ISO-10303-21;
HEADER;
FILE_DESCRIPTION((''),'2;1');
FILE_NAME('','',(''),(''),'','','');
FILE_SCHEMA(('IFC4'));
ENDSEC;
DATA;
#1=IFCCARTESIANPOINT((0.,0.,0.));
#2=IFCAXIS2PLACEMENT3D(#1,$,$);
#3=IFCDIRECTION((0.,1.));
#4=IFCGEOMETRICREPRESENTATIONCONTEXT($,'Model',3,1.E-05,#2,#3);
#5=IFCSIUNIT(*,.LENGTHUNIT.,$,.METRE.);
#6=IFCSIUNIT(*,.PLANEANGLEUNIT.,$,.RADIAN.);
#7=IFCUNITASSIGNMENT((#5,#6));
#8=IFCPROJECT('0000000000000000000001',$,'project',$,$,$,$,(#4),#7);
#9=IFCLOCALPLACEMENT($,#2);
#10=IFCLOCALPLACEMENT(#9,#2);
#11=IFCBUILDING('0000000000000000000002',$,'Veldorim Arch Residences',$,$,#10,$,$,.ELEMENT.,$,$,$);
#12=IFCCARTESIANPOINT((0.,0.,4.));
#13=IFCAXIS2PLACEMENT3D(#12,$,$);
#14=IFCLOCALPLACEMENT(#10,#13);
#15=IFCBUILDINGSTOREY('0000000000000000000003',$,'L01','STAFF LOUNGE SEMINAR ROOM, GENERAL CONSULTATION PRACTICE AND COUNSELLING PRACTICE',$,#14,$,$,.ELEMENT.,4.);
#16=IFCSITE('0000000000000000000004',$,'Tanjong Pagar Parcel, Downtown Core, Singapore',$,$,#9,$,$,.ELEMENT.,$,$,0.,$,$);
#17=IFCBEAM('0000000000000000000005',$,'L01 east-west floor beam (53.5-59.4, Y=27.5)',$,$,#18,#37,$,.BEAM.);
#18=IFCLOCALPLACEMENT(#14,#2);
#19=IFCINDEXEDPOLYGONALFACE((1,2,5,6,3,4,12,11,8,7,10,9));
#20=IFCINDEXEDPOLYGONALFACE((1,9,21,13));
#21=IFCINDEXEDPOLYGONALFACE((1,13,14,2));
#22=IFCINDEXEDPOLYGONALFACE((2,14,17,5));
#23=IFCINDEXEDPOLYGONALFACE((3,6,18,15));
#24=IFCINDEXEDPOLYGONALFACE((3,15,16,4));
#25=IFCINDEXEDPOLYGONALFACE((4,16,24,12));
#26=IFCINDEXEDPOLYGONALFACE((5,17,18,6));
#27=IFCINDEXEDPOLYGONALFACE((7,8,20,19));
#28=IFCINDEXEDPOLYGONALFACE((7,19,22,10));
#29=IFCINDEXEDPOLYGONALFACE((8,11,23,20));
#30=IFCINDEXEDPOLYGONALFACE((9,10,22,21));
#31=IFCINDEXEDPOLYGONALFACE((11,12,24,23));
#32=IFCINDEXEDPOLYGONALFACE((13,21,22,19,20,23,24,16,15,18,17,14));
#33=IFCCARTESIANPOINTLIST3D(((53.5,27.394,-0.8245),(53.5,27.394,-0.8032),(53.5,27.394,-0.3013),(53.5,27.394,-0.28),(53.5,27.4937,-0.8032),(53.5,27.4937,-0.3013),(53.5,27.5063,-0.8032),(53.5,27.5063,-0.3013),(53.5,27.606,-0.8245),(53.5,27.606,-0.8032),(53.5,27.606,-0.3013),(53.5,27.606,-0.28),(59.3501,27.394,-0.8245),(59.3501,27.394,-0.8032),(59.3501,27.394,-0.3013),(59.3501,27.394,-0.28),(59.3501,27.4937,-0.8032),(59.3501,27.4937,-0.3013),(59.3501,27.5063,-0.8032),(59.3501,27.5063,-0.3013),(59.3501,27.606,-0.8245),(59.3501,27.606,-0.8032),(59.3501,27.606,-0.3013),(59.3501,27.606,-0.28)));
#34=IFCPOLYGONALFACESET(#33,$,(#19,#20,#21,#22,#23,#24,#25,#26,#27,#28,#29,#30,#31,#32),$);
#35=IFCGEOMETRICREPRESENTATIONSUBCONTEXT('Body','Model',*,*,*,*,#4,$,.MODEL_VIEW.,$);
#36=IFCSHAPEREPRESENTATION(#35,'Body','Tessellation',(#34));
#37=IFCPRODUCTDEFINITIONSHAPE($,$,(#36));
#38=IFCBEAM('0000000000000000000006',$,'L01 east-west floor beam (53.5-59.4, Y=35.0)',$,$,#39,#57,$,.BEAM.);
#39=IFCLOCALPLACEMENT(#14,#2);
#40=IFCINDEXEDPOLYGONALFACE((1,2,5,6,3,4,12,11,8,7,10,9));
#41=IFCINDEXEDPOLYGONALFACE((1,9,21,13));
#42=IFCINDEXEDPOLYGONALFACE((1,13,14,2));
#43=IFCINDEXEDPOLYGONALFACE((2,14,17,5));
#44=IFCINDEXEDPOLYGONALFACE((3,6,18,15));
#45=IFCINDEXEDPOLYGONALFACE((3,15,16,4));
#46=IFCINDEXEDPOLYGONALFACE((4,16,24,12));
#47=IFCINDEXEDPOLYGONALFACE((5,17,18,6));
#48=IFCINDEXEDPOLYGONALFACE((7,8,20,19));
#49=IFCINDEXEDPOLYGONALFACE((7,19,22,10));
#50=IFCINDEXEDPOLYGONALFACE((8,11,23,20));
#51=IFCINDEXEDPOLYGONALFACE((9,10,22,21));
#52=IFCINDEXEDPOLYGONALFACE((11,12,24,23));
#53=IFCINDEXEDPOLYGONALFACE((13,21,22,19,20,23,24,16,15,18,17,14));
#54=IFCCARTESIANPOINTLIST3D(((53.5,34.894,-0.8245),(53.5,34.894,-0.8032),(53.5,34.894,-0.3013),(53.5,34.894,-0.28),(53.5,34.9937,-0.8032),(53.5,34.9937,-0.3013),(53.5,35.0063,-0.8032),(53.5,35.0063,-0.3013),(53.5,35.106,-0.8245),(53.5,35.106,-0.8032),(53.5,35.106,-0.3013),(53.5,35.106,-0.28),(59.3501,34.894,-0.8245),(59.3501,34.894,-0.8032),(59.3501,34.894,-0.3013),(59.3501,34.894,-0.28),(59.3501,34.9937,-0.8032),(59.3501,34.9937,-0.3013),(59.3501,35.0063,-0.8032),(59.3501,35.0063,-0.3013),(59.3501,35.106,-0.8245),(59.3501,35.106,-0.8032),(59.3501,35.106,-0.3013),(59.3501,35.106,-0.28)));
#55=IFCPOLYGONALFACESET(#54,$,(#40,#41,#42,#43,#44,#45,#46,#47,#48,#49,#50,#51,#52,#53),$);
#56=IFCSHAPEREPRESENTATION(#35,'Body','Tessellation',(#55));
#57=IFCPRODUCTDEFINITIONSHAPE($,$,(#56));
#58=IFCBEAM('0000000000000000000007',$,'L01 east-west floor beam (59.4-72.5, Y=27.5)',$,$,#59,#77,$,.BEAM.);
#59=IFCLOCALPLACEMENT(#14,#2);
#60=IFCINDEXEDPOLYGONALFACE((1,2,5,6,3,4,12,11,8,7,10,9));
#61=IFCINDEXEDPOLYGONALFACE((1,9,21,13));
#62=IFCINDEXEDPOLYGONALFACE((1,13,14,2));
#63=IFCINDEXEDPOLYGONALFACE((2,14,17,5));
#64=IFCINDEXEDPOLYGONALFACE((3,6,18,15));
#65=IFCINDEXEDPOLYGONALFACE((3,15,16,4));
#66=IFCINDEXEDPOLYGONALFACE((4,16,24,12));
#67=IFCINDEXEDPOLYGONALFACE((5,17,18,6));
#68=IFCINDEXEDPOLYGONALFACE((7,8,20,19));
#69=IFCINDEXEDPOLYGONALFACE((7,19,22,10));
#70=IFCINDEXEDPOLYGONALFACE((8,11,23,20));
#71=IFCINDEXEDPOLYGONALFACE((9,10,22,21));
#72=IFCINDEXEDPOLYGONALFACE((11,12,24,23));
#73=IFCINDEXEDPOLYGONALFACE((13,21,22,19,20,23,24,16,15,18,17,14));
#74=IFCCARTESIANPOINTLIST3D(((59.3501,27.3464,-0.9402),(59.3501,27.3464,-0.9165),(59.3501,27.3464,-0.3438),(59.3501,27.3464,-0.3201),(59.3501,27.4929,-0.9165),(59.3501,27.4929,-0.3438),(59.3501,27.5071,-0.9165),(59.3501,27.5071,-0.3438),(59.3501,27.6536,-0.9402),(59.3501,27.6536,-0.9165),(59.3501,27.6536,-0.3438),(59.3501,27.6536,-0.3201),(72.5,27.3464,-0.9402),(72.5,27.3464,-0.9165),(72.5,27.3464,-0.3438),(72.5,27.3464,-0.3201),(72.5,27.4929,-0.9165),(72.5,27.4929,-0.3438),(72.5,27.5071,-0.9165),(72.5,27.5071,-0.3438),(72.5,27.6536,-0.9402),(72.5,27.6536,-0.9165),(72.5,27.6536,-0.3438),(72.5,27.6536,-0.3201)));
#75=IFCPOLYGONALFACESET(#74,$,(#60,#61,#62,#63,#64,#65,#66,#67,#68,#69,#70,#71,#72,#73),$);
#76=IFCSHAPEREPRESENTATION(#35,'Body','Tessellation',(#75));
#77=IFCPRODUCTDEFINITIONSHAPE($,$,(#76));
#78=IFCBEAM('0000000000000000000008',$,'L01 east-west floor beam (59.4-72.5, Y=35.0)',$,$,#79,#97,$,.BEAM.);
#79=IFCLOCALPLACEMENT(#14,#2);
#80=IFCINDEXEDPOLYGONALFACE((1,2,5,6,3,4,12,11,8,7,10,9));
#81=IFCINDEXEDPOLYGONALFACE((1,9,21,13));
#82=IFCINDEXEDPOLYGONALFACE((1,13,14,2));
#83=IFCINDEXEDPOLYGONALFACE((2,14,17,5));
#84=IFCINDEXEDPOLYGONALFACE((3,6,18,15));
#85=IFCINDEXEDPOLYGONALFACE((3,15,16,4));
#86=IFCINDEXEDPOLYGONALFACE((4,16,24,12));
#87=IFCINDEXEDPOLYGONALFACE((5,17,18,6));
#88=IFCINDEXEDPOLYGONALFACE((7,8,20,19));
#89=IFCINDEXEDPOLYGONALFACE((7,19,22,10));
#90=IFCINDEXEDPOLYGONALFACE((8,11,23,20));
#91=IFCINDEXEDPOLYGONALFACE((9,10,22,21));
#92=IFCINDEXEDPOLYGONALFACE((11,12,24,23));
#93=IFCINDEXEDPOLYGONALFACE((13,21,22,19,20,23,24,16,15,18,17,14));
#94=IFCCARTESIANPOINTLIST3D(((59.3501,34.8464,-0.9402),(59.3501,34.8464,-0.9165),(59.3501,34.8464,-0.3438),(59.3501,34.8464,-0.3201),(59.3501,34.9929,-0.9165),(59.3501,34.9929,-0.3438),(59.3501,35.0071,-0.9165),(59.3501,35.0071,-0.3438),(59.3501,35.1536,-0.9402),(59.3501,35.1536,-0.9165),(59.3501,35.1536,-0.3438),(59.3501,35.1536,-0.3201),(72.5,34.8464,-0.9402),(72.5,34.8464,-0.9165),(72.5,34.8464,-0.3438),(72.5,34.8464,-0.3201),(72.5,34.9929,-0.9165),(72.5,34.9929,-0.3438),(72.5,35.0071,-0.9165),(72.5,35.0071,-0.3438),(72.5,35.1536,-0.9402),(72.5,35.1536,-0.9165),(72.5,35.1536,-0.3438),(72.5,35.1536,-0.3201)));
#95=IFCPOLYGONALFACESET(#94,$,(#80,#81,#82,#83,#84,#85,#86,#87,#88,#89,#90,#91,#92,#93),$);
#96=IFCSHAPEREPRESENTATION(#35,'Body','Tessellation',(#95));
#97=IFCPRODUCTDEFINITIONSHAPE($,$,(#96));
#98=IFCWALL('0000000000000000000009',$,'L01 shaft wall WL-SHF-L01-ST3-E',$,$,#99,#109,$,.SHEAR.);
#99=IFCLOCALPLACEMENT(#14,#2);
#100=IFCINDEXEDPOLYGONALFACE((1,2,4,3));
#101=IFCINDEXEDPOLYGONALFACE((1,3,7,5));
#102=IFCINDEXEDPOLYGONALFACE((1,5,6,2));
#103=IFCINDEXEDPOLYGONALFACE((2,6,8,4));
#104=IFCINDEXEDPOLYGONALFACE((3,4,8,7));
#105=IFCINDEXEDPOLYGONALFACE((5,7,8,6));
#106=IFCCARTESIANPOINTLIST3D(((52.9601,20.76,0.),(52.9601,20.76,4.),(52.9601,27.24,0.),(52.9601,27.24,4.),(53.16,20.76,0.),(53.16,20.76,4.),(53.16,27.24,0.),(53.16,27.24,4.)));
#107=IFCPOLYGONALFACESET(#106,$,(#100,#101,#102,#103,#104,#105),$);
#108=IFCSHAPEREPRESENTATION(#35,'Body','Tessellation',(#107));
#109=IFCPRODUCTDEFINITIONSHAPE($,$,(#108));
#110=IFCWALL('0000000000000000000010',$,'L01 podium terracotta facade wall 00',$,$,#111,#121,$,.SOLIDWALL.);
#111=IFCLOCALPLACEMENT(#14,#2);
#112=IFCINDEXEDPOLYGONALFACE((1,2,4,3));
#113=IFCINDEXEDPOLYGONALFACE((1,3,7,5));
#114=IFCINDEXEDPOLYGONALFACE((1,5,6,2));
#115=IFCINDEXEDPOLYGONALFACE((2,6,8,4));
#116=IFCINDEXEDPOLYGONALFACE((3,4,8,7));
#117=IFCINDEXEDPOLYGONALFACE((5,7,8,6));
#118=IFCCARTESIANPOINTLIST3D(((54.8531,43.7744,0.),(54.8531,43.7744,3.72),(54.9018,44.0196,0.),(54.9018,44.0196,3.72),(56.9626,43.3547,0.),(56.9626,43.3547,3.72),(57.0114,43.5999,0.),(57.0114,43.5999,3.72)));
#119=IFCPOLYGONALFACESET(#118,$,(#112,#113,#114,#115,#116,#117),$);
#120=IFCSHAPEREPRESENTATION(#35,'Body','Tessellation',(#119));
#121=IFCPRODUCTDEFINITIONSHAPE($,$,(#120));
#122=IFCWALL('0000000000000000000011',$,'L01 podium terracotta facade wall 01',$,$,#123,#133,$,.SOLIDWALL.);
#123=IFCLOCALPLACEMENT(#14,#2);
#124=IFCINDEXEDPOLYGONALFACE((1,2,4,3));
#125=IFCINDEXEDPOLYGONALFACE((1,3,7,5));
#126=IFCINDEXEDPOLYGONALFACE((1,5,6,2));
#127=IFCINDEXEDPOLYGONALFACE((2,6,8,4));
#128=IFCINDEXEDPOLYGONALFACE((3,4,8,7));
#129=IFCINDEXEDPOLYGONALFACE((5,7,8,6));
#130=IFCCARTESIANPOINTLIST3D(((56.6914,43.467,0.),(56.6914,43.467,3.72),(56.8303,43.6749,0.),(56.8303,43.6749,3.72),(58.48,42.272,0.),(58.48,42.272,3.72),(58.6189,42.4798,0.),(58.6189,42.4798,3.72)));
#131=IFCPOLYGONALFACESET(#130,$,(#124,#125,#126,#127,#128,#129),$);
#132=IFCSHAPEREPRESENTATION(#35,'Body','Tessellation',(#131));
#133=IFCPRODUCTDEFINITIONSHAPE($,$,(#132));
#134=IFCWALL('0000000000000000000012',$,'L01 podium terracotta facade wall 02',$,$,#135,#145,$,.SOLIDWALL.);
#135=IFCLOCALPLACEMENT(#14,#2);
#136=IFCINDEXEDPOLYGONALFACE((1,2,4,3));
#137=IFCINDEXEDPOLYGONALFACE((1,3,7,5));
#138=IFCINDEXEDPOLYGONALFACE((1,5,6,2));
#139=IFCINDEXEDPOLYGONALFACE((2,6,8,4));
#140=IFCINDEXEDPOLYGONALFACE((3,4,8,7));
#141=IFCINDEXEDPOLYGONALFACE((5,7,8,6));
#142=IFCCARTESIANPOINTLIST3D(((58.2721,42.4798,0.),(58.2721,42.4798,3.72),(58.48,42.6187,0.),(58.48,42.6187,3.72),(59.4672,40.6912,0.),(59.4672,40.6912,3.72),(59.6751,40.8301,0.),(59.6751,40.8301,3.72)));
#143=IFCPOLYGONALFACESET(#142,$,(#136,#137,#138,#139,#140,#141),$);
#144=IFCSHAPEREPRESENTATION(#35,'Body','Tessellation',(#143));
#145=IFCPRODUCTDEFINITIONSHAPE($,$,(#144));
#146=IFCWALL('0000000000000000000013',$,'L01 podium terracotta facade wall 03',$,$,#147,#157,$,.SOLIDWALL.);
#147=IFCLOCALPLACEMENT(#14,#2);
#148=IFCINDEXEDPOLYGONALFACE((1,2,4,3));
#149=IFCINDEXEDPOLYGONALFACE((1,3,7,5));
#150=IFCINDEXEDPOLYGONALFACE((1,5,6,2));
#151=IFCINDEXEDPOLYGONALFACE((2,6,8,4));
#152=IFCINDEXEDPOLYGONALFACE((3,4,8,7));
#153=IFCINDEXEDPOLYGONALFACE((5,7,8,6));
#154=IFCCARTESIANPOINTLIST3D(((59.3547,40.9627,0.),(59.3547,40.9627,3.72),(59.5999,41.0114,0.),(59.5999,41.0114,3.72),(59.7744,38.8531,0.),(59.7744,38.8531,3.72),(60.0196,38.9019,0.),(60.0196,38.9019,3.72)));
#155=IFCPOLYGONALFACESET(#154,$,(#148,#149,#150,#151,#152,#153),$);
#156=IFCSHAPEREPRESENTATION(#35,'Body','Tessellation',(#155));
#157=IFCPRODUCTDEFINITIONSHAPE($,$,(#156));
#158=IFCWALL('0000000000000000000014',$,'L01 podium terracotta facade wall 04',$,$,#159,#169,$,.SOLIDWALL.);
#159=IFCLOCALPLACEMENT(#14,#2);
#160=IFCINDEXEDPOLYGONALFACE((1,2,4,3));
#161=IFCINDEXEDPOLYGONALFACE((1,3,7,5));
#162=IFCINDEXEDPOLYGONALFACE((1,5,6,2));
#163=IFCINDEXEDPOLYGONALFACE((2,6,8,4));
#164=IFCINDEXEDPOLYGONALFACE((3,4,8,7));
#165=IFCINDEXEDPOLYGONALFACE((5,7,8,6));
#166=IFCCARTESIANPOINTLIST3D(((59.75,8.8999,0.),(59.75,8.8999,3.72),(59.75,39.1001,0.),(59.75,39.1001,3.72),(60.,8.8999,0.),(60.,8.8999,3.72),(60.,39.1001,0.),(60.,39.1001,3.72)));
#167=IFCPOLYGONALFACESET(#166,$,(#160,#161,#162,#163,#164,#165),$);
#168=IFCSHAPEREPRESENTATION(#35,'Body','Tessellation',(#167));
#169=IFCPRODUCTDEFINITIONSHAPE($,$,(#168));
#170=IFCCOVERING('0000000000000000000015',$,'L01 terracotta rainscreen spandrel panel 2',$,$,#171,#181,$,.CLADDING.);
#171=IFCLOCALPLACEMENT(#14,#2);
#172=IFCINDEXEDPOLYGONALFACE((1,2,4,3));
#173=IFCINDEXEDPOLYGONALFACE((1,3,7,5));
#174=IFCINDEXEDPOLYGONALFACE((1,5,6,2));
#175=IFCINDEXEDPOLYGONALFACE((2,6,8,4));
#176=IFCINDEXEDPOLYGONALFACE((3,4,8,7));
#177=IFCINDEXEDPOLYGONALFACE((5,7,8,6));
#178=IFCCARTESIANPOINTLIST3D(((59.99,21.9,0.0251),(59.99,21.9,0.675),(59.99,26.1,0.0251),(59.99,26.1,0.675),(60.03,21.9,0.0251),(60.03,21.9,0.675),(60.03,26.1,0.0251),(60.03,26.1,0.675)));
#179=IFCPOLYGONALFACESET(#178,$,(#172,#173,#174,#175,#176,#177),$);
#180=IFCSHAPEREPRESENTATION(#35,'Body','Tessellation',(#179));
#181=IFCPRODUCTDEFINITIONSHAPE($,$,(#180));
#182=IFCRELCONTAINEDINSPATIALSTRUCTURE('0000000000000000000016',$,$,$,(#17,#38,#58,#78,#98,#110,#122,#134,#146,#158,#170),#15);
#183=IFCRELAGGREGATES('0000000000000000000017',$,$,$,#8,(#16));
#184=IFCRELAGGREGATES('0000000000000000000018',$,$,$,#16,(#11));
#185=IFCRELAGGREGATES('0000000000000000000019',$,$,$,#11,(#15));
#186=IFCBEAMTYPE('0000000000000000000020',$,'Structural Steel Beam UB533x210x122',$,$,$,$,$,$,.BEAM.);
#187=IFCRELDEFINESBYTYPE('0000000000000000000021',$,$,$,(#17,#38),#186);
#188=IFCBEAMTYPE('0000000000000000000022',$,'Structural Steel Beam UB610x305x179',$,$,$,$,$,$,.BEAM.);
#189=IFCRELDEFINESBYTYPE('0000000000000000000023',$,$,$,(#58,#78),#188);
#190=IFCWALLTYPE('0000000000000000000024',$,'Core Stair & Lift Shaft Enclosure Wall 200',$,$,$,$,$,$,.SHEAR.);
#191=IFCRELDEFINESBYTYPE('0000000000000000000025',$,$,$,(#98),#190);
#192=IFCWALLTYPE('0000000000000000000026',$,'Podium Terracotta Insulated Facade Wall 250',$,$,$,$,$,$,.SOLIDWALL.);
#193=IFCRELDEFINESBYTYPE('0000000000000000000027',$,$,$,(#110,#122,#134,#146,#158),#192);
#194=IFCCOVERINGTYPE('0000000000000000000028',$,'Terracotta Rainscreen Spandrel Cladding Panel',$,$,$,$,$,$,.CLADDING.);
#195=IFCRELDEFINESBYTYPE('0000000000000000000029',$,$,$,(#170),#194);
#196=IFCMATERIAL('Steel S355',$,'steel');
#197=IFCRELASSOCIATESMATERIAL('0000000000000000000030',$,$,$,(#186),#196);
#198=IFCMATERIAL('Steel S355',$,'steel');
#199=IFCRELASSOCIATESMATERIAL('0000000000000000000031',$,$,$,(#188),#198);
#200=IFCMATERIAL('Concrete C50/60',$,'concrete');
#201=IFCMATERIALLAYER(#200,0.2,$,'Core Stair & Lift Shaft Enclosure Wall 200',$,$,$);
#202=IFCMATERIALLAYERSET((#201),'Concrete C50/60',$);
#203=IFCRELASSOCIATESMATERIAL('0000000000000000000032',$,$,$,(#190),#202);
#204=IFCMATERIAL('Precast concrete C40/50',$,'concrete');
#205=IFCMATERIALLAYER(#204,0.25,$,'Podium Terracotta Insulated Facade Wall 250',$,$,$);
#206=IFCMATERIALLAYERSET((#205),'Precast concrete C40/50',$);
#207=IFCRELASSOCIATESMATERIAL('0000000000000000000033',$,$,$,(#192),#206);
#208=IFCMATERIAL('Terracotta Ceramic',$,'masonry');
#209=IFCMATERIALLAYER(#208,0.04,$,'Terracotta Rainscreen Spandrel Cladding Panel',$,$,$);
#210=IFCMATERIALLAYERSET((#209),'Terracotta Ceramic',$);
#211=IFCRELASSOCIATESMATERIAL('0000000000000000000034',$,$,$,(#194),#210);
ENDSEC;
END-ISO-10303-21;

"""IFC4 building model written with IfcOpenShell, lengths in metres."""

from ifc_helpers import new_model, si_unit, direction, frame, frame_2d, origin, origin_2d, place, context, subcontext, project, spatial, rectangle, i_section, extrude, material, layer, layer_set, material_profile, profile_set, type_object, element, save


model = new_model("IFC4")

# Units and contexts
model_context = context("Model", 3, precision=1e-05, world=origin(), true_north=direction((0.0, 1.0)))
body_context = subcontext(model_context, "Body", "Model", "MODEL_VIEW")
ifc_project = project(units=[si_unit("LENGTHUNIT", "METRE"), si_unit("PLANEANGLEUNIT", "RADIAN")], contexts=[model_context])

# Site, building, storey
site_placement = place(None, origin())
site = spatial("IfcSite", under=ifc_project, at=site_placement, Name="Tanjong Pagar Parcel, Downtown Core, Singapore", CompositionType="ELEMENT", RefElevation=0.0)
building_placement = place(site_placement, origin())
building = spatial("IfcBuilding", under=site, at=building_placement, Name="Veldorim Arch Residences", CompositionType="ELEMENT")
storey_placement = place(building_placement, frame((0.0, 0.0, 4.0)))
storey = spatial("IfcBuildingStorey", under=building, at=storey_placement, Name="L01", Description="STAFF LOUNGE SEMINAR ROOM, GENERAL CONSULTATION PRACTICE AND COUNSELLING PRACTICE", CompositionType="ELEMENT", Elevation=4.0)

# Beams
ifc_material_1 = material(Name="Steel S355", Category="steel")
ifc_material_profile_1 = material_profile(ifc_material_1, i_section(OverallWidth=0.2119, OverallDepth=0.5444, WebThickness=0.0127, FlangeThickness=0.0212, at=origin_2d()), Name="UB533x210x122")
ifc_profile_set_1 = profile_set([ifc_material_profile_1], Name="Steel S355")
beam_type_1 = type_object("IfcBeamType", Name="Structural Steel Beam UB533x210x122", PredefinedType="BEAM", material=ifc_profile_set_1)
for number, where, z_axis, x_axis, name in (
    (1, (53.5, 27.5, -0.5522), (1.0, 0.0, 0.0), (0.0, 1.0, 0.0), "L01 east-west floor beam (53.5-59.4, Y=27.5)"),
    (2, (53.5, 35.0, -0.5522), (1.0, 0.0, 0.0), (0.0, 1.0, 0.0), "L01 east-west floor beam (53.5-59.4, Y=35.0)"),
):
    element("IfcBeam", number, at=place(storey_placement, frame(where, z_axis=z_axis, x_axis=x_axis)), inside=storey, type_object=beam_type_1, Name=name, PredefinedType="BEAM", context=body_context, shape_type="SweptSolid", body=[
        extrude(i_section(OverallWidth=0.2119, OverallDepth=0.5444, WebThickness=0.0127, FlangeThickness=0.0212, at=origin_2d()), origin(), (0.0, 0.0, 1.0), 5.8501),
    ])
ifc_material_2 = material(Name="Steel S355", Category="steel")
ifc_material_profile_2 = material_profile(ifc_material_2, i_section(OverallWidth=0.3071, OverallDepth=0.6201, WebThickness=0.0142, FlangeThickness=0.0237, at=origin_2d()), Name="UB610x305x179")
ifc_profile_set_2 = profile_set([ifc_material_profile_2], Name="Steel S355")
beam_type_2 = type_object("IfcBeamType", Name="Structural Steel Beam UB610x305x179", PredefinedType="BEAM", material=ifc_profile_set_2)
for number, where, z_axis, x_axis, name in (
    (3, (59.3501, 27.5, -0.6301), (1.0, 0.0, 0.0), (0.0, 1.0, 0.0), "L01 east-west floor beam (59.4-72.5, Y=27.5)"),
    (4, (59.3501, 35.0, -0.6301), (1.0, 0.0, 0.0), (0.0, 1.0, 0.0), "L01 east-west floor beam (59.4-72.5, Y=35.0)"),
):
    element("IfcBeam", number, at=place(storey_placement, frame(where, z_axis=z_axis, x_axis=x_axis)), inside=storey, type_object=beam_type_2, Name=name, PredefinedType="BEAM", context=body_context, shape_type="SweptSolid", body=[
        extrude(i_section(OverallWidth=0.3071, OverallDepth=0.6201, WebThickness=0.0142, FlangeThickness=0.0237, at=origin_2d()), origin(), (0.0, 0.0, 1.0), 13.1499),
    ])

# Walls
ifc_material_3 = material(Name="Concrete C50/60", Category="concrete")
ifc_layer_1 = layer(ifc_material_3, 0.2, Name="Core Stair & Lift Shaft Enclosure Wall 200")
ifc_layer_set_1 = layer_set([ifc_layer_1], Name="Concrete C50/60")
wall_type_1 = type_object("IfcWallType", Name="Core Stair & Lift Shaft Enclosure Wall 200", PredefinedType="SHEAR", material=ifc_layer_set_1)
wall_1_placement = place(storey_placement, frame((53.0601, 20.76, 0.0), z_axis=(0.0, 0.0, 1.0), x_axis=(0.0, 1.0, 0.0)))
element("IfcWall", 5, at=wall_1_placement, inside=storey, type_object=wall_type_1, Name="L01 shaft wall WL-SHF-L01-ST3-E", PredefinedType="SHEAR", context=body_context, shape_type="SweptSolid", body=[
    extrude(rectangle(XDim=6.48, YDim=0.2, at=frame_2d((3.24, 0.0))), origin(), (0.0, 0.0, 1.0), 4.0),
])
ifc_material_4 = material(Name="Precast concrete C40/50", Category="concrete")
ifc_layer_2 = layer(ifc_material_4, 0.25, Name="Podium Terracotta Insulated Facade Wall 250")
ifc_layer_set_2 = layer_set([ifc_layer_2], Name="Precast concrete C40/50")
wall_type_2 = type_object("IfcWallType", Name="Podium Terracotta Insulated Facade Wall 250", PredefinedType="SOLIDWALL", material=ifc_layer_set_2)
wall_2_placement = place(storey_placement, frame((54.8774, 43.897, 0.0), z_axis=(0.0, 0.0, 1.0), x_axis=(0.980781, -0.195112, 0.0)))
element("IfcWall", 6, at=wall_2_placement, inside=storey, type_object=wall_type_2, Name="L01 podium terracotta facade wall 00", PredefinedType="SOLIDWALL", context=body_context, shape_type="SweptSolid", body=[
    extrude(rectangle(XDim=2.1509, YDim=0.25, at=frame_2d((1.0754, 0.0))), origin(), (0.0, 0.0, 1.0), 3.72),
])
for number, where, z_axis, x_axis, name in (
    (7, (56.7607, 43.571, 0.0), (0.0, 0.0, 1.0), (0.831474, -0.555564, 0.0), "L01 podium terracotta facade wall 01"),
    (8, (58.376, 42.5493, 0.0), (0.0, 0.0, 1.0), (0.555564, -0.831474, 0.0), "L01 podium terracotta facade wall 02"),
):
    element("IfcWall", number, at=place(storey_placement, frame(where, z_axis=z_axis, x_axis=x_axis)), inside=storey, type_object=wall_type_2, Name=name, PredefinedType="SOLIDWALL", context=body_context, shape_type="SweptSolid", body=[
        extrude(rectangle(XDim=2.1511, YDim=0.25, at=frame_2d((1.0757, 0.0))), origin(), (0.0, 0.0, 1.0), 3.72),
    ])
wall_3_placement = place(storey_placement, frame((59.4773, 40.9871, 0.0), z_axis=(0.0, 0.0, 1.0), x_axis=(0.195112, -0.980781, 0.0)))
element("IfcWall", 9, at=wall_3_placement, inside=storey, type_object=wall_type_2, Name="L01 podium terracotta facade wall 03", PredefinedType="SOLIDWALL", context=body_context, shape_type="SweptSolid", body=[
    extrude(rectangle(XDim=2.1509, YDim=0.25, at=frame_2d((1.0754, 0.0))), origin(), (0.0, 0.0, 1.0), 3.72),
])
wall_4_placement = place(storey_placement, frame((59.875, 39.1001, 0.0), z_axis=(0.0, 0.0, 1.0), x_axis=(0.0, -1.0, 0.0)))
element("IfcWall", 10, at=wall_4_placement, inside=storey, type_object=wall_type_2, Name="L01 podium terracotta facade wall 04", PredefinedType="SOLIDWALL", context=body_context, shape_type="SweptSolid", body=[
    extrude(rectangle(XDim=30.2002, YDim=0.25, at=frame_2d((15.1001, 0.0))), origin(), (0.0, 0.0, 1.0), 3.72),
])

# Covering
ifc_material_5 = material(Name="Terracotta Ceramic", Category="masonry")
ifc_layer_3 = layer(ifc_material_5, 0.04, Name="Terracotta Rainscreen Spandrel Cladding Panel")
ifc_layer_set_3 = layer_set([ifc_layer_3], Name="Terracotta Ceramic")
covering_type = type_object("IfcCoveringType", Name="Terracotta Rainscreen Spandrel Cladding Panel", PredefinedType="CLADDING", material=ifc_layer_set_3)
covering_placement = place(storey_placement, frame((60.01, 24.0, 0.0251), z_axis=(0.0, 0.0, 1.0), x_axis=(0.0, 1.0, 0.0)))
element("IfcCovering", 11, at=covering_placement, inside=storey, type_object=covering_type, Name="L01 terracotta rainscreen spandrel panel 2", PredefinedType="CLADDING", context=body_context, shape_type="SweptSolid", body=[
    extrude(rectangle(XDim=4.2, YDim=0.04, at=origin_2d()), origin(), (0.0, 0.0, 1.0), 0.6499),
])

save(model, "model.ifc")
